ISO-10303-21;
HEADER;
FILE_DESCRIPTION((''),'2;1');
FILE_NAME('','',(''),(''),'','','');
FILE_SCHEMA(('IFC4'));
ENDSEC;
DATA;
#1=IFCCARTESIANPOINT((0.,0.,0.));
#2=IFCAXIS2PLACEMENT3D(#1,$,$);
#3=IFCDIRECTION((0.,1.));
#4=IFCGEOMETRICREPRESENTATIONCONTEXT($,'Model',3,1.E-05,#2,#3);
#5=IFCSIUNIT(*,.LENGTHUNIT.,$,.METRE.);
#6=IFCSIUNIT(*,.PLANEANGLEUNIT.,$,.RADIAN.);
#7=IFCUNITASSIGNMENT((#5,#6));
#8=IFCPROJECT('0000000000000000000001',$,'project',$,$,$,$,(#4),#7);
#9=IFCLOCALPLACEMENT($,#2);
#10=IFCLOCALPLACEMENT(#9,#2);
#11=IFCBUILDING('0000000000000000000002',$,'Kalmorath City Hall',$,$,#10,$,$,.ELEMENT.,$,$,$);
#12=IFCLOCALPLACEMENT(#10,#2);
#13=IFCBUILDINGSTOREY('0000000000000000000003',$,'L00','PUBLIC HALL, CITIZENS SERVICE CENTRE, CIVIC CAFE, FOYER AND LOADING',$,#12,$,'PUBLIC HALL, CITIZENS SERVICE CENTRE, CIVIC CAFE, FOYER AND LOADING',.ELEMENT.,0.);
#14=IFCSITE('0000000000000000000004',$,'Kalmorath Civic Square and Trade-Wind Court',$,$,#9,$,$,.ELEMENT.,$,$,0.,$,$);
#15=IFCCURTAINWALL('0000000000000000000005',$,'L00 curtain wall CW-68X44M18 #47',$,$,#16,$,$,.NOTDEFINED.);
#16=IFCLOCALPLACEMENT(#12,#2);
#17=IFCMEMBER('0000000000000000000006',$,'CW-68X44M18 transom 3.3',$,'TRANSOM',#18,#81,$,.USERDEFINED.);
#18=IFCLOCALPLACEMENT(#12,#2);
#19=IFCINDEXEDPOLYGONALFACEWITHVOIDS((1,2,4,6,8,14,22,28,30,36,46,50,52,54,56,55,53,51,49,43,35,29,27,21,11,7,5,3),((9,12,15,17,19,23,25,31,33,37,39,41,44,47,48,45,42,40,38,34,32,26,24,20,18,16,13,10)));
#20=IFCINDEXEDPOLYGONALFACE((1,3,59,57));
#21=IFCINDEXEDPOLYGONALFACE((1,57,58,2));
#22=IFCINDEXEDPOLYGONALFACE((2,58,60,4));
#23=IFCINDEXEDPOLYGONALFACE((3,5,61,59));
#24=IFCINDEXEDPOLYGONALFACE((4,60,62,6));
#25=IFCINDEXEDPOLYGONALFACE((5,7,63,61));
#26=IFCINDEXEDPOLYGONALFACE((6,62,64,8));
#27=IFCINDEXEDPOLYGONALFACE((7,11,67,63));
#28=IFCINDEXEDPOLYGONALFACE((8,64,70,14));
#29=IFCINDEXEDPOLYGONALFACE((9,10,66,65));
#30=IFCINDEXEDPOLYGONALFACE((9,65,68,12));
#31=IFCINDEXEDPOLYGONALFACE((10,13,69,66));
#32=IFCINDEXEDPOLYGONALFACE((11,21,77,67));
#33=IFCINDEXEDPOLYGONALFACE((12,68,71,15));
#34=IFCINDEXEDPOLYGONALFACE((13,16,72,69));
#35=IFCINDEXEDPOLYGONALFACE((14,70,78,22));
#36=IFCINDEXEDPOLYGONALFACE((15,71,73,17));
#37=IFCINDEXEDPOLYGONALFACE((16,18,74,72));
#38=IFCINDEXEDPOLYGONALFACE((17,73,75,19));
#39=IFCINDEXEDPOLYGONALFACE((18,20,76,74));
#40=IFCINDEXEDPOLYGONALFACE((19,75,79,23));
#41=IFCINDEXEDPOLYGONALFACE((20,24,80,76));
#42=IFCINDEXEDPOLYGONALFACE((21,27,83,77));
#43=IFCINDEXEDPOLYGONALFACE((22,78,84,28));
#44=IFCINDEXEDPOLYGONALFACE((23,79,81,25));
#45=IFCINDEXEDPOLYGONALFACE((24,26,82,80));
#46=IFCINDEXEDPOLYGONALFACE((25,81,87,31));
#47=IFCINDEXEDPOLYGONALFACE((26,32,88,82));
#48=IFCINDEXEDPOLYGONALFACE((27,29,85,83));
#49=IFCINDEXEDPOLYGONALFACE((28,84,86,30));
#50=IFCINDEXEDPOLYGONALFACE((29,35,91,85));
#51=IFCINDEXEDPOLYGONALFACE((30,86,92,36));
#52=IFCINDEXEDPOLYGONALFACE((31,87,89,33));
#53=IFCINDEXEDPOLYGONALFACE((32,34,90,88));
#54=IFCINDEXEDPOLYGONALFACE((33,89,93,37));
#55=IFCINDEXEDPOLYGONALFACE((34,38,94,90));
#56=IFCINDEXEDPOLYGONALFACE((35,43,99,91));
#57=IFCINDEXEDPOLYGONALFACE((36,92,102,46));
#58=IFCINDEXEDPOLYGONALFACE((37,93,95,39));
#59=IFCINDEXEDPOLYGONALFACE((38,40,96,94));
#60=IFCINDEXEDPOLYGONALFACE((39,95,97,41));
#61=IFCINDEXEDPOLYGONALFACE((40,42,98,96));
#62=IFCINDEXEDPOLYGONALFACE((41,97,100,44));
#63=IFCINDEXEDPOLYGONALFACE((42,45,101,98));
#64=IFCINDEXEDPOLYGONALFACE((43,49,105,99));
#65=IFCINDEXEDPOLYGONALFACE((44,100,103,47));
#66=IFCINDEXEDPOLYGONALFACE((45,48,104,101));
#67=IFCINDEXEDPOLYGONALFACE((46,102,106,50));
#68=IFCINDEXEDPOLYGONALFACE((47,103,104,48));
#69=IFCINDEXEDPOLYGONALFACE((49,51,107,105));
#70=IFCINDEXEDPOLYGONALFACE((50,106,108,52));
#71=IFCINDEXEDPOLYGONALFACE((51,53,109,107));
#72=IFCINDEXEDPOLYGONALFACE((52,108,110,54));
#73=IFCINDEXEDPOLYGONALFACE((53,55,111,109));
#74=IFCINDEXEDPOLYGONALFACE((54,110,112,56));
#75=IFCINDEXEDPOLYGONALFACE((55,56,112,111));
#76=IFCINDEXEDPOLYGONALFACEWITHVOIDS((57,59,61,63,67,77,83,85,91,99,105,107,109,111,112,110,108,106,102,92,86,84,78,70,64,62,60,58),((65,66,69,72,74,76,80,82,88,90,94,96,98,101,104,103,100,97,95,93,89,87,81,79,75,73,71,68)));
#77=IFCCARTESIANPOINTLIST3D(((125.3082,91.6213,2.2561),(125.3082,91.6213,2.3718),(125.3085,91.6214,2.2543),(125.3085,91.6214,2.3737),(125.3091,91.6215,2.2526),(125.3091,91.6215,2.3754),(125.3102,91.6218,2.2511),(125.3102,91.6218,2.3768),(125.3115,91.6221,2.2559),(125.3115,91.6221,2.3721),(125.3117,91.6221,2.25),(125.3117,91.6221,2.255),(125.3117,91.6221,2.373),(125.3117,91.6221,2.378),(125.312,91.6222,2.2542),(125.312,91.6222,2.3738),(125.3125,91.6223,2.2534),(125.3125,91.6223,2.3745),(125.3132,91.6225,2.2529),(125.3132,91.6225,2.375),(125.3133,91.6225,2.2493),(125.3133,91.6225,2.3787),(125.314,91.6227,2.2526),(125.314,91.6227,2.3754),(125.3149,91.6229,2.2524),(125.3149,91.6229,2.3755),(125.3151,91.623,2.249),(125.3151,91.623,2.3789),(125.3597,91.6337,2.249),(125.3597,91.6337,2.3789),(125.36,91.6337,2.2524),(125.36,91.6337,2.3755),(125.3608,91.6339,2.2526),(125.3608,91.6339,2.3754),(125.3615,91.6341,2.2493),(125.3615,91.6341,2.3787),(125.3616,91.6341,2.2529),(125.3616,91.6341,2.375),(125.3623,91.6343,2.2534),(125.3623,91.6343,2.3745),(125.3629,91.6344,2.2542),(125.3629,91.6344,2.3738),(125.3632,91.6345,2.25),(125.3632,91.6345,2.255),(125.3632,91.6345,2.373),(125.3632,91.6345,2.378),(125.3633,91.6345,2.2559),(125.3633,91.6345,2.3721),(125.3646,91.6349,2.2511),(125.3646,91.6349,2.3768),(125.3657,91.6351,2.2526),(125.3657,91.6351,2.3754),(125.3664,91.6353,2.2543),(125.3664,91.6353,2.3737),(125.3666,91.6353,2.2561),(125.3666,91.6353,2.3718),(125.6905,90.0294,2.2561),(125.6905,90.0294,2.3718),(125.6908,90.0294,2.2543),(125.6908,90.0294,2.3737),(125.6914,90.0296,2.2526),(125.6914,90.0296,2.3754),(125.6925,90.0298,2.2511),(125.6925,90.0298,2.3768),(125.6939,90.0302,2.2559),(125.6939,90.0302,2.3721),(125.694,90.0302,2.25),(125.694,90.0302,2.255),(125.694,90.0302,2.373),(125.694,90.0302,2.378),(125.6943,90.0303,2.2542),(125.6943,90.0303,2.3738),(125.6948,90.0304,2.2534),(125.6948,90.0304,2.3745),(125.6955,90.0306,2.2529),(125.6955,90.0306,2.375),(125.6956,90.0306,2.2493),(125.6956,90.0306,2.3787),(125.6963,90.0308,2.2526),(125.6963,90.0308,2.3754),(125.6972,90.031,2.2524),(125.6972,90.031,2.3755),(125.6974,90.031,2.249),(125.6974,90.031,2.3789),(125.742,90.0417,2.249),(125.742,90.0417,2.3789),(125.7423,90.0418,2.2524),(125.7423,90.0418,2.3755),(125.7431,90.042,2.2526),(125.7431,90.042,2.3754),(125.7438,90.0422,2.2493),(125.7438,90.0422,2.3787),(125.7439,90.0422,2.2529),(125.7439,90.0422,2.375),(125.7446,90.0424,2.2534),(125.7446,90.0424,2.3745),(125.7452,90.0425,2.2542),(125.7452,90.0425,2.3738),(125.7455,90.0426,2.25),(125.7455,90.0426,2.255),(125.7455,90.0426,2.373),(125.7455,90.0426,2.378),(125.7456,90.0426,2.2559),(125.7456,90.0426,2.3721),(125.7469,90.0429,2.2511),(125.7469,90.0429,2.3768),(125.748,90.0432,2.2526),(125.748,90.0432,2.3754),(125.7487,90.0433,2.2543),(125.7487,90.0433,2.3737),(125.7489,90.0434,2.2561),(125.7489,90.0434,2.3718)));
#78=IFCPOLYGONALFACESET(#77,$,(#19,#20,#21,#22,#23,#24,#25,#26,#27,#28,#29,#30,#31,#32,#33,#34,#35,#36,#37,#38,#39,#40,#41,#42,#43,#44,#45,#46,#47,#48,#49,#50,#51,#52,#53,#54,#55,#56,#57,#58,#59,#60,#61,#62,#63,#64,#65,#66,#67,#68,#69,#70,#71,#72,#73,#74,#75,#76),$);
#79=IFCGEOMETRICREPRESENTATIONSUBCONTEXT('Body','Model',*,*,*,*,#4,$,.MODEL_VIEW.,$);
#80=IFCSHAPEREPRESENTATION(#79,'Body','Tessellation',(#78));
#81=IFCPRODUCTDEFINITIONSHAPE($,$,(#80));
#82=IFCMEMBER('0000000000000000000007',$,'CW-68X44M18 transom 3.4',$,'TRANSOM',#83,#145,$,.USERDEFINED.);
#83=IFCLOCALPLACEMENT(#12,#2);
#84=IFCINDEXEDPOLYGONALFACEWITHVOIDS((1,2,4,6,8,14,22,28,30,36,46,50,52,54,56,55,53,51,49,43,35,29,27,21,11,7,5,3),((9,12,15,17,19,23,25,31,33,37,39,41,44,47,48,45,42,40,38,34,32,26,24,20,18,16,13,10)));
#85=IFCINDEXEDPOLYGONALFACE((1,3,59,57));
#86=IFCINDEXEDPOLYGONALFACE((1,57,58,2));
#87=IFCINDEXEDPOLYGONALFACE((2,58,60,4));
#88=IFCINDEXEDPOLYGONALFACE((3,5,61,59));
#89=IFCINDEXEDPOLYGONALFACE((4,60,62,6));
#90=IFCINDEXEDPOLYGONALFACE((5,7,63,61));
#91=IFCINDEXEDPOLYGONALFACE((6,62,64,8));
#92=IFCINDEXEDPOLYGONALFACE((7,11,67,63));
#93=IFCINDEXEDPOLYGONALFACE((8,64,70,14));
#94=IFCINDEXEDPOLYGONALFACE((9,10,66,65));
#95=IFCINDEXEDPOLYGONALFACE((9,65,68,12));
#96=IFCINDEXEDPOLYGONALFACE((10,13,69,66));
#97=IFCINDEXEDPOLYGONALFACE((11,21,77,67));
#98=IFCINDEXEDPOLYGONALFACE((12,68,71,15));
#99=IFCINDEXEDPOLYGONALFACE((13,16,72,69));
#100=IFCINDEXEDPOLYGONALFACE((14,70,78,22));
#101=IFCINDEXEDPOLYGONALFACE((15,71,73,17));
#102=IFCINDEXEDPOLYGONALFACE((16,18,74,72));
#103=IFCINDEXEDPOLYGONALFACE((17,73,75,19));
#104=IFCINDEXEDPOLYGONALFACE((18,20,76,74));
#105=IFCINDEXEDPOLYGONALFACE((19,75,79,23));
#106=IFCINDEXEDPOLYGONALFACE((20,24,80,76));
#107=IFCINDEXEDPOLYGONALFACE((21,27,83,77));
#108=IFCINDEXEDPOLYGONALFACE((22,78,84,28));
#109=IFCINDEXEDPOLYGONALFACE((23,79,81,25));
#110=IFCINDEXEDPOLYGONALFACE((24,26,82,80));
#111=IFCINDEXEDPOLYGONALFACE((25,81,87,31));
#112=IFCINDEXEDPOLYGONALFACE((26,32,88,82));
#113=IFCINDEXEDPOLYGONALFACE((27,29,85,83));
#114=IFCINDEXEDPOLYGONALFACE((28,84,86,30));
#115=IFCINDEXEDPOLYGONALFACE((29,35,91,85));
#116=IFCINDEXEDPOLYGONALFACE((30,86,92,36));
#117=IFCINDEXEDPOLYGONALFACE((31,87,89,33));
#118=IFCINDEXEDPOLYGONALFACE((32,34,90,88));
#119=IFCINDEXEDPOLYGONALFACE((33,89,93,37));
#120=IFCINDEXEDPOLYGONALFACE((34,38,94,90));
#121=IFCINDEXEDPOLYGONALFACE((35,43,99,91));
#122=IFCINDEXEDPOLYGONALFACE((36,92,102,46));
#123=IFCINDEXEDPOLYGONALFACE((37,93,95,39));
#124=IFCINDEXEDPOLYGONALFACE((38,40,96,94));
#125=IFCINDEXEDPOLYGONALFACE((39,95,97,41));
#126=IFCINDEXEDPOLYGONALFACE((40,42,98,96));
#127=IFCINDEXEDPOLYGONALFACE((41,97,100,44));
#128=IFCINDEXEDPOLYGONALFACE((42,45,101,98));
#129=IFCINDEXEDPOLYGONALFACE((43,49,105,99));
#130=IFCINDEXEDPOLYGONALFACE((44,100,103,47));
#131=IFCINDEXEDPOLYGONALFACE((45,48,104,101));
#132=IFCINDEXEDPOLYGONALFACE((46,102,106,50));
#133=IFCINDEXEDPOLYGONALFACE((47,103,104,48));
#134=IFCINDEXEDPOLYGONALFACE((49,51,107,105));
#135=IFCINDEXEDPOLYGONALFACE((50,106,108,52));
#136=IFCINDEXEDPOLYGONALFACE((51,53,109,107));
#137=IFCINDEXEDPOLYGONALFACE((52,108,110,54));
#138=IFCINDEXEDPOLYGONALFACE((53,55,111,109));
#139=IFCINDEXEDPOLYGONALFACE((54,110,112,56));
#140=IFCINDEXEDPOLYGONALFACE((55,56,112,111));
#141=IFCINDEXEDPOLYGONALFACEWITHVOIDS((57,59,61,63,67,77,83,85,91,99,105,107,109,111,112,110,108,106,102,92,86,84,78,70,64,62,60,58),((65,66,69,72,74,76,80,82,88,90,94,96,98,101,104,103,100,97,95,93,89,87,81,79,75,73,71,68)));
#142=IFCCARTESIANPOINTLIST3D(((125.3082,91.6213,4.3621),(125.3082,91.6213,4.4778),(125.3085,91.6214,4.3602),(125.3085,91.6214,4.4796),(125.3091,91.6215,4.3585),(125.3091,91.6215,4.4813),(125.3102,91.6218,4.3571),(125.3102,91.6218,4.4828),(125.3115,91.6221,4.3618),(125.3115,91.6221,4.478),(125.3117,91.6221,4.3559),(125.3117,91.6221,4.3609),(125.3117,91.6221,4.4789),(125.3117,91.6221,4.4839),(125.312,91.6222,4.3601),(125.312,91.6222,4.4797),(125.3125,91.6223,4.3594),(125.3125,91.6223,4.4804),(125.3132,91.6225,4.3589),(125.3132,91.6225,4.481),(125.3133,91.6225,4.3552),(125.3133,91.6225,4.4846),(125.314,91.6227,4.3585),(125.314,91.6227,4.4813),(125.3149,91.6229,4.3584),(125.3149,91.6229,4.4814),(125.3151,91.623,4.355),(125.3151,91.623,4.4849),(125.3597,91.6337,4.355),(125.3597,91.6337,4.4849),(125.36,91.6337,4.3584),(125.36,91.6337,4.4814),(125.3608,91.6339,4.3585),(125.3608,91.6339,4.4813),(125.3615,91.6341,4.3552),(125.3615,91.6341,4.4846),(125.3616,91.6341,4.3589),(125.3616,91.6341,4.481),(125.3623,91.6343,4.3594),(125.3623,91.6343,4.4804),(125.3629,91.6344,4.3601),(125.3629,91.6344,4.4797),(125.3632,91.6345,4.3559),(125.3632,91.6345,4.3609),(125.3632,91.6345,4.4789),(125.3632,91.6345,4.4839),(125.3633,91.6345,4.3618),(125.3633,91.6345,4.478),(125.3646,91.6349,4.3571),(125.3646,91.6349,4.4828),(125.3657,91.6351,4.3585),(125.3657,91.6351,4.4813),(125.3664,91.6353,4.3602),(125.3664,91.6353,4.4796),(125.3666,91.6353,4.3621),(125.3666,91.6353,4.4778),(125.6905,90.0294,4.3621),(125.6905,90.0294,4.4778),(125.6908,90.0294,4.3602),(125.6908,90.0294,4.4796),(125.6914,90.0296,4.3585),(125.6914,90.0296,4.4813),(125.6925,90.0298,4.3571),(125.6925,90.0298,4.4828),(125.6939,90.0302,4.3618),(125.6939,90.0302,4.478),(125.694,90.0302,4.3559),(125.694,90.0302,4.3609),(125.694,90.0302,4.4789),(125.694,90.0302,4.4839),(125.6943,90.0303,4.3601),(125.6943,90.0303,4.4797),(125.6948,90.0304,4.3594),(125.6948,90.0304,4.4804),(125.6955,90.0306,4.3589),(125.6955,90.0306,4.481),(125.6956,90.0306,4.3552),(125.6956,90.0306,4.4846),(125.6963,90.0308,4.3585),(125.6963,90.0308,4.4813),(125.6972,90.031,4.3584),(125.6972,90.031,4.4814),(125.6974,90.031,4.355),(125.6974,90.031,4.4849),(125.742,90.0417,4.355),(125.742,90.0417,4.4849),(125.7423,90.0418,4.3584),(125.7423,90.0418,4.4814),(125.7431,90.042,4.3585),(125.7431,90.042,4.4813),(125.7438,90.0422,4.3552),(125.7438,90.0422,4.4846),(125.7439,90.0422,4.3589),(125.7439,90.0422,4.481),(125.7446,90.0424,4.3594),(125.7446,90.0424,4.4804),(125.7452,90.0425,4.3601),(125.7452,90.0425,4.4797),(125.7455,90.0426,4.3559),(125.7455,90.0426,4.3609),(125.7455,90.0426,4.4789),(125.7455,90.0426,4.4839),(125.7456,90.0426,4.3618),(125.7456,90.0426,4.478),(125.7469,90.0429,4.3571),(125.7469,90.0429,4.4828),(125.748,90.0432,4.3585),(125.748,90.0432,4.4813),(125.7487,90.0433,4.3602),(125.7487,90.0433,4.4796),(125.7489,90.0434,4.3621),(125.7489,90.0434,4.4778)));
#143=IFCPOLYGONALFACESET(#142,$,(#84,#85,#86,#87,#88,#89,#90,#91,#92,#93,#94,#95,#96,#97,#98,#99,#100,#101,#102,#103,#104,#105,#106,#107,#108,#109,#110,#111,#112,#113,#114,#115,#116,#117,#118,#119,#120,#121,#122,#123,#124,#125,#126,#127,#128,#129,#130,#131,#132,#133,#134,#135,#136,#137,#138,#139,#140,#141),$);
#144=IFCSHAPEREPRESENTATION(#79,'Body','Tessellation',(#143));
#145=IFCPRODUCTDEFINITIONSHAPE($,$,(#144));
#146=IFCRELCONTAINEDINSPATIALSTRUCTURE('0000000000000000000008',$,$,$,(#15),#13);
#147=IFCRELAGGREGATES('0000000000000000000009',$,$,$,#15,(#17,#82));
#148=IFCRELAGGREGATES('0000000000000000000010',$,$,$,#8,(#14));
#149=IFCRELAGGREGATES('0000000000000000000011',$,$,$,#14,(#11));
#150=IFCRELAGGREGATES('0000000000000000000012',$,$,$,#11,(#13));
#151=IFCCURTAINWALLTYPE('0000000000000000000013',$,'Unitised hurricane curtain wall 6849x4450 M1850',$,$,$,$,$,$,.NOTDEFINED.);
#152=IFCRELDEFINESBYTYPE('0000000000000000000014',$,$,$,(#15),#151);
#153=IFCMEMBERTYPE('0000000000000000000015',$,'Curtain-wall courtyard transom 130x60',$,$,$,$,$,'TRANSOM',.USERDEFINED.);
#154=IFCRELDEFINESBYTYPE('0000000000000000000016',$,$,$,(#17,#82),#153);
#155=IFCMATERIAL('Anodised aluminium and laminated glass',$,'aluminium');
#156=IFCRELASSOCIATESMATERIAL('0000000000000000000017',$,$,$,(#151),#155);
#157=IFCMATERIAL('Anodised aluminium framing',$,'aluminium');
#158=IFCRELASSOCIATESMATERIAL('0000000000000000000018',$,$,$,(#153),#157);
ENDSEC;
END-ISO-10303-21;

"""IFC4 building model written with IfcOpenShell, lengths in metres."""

from ifc_helpers import new_model, si_unit, direction, frame, origin, origin_2d, place, context, subcontext, project, spatial, hollow_rectangle, extrude, material, material_profile, profile_set, type_object, element, aggregate, save


model = new_model("IFC4")

# Units and contexts
model_context = context("Model", 3, precision=1e-05, world=origin(), true_north=direction((0.0, 1.0)))
body_context = subcontext(model_context, "Body", "Model", "MODEL_VIEW")
ifc_project = project(units=[si_unit("LENGTHUNIT", "METRE"), si_unit("PLANEANGLEUNIT", "RADIAN")], contexts=[model_context])

# Site, building, storey
site_placement = place(None, origin())
site = spatial("IfcSite", under=ifc_project, at=site_placement, Name="Kalmorath Civic Square and Trade-Wind Court", CompositionType="ELEMENT", RefElevation=0.0)
building_placement = place(site_placement, origin())
building = spatial("IfcBuilding", under=site, at=building_placement, Name="Kalmorath City Hall", CompositionType="ELEMENT")
storey_placement = place(building_placement, origin())
storey = spatial("IfcBuildingStorey", under=building, at=storey_placement, Name="L00", Description="PUBLIC HALL, CITIZENS SERVICE CENTRE, CIVIC CAFE, FOYER AND LOADING", LongName="PUBLIC HALL, CITIZENS SERVICE CENTRE, CIVIC CAFE, FOYER AND LOADING", CompositionType="ELEMENT", Elevation=0.0)

# Curtain wall, members
ifc_material_1 = material(Name="Anodised aluminium and laminated glass", Category="aluminium")
curtain_wall_type = type_object("IfcCurtainWallType", Name="Unitised hurricane curtain wall 6849x4450 M1850", PredefinedType="NOTDEFINED", material=ifc_material_1)
curtain_wall_placement = place(storey_placement, origin())
curtain_wall = element("IfcCurtainWall", 1, at=curtain_wall_placement, inside=storey, type_object=curtain_wall_type, Name="L00 curtain wall CW-68X44M18 #47", PredefinedType="NOTDEFINED")
ifc_material_2 = material(Name="Anodised aluminium framing", Category="aluminium")
ifc_material_profile_1 = material_profile(ifc_material_2, hollow_rectangle(XDim=0.0601, YDim=0.1299, WallThickness=0.0034, InnerFilletRadius=0.0034, OuterFilletRadius=0.0071, at=origin_2d()), Name="ALU-TRN-130X60X3.5")
ifc_profile_set_1 = profile_set([ifc_material_profile_1], Name="Anodised aluminium framing")
member_type_1 = type_object("IfcMemberType", Name="Curtain-wall courtyard transom 130x60", ElementType="TRANSOM", PredefinedType="USERDEFINED", material=ifc_profile_set_1)
member_1_placement = place(storey_placement, frame((125.7197, 90.0364, 2.314), z_axis=(-0.233508, 0.972355, 0.0), x_axis=(-0.972355, -0.233508, 0.0)))
member_1 = element("IfcMember", 2, at=member_1_placement, type_object=member_type_1, Name="CW-68X44M18 transom 3.3", ObjectType="TRANSOM", PredefinedType="USERDEFINED", context=body_context, shape_type="SweptSolid", body=[
    extrude(hollow_rectangle(XDim=0.0601, YDim=0.1299, WallThickness=0.0034, InnerFilletRadius=0.0034, OuterFilletRadius=0.0071, at=origin_2d()), origin(), (0.0, 0.0, 1.0), 1.6372),
])
member_2_placement = place(storey_placement, frame((125.7197, 90.0364, 4.4199), z_axis=(-0.233508, 0.972355, 0.0), x_axis=(-0.972355, -0.233508, 0.0)))
member_2 = element("IfcMember", 3, at=member_2_placement, type_object=member_type_1, Name="CW-68X44M18 transom 3.4", ObjectType="TRANSOM", PredefinedType="USERDEFINED", context=body_context, shape_type="SweptSolid", body=[
    extrude(hollow_rectangle(XDim=0.0601, YDim=0.1299, WallThickness=0.0034, InnerFilletRadius=0.0034, OuterFilletRadius=0.0071, at=origin_2d()), origin(), (0.0, 0.0, 1.0), 1.6372),
])
aggregate(curtain_wall, [member_1, member_2])

save(model, "model.ifc")
